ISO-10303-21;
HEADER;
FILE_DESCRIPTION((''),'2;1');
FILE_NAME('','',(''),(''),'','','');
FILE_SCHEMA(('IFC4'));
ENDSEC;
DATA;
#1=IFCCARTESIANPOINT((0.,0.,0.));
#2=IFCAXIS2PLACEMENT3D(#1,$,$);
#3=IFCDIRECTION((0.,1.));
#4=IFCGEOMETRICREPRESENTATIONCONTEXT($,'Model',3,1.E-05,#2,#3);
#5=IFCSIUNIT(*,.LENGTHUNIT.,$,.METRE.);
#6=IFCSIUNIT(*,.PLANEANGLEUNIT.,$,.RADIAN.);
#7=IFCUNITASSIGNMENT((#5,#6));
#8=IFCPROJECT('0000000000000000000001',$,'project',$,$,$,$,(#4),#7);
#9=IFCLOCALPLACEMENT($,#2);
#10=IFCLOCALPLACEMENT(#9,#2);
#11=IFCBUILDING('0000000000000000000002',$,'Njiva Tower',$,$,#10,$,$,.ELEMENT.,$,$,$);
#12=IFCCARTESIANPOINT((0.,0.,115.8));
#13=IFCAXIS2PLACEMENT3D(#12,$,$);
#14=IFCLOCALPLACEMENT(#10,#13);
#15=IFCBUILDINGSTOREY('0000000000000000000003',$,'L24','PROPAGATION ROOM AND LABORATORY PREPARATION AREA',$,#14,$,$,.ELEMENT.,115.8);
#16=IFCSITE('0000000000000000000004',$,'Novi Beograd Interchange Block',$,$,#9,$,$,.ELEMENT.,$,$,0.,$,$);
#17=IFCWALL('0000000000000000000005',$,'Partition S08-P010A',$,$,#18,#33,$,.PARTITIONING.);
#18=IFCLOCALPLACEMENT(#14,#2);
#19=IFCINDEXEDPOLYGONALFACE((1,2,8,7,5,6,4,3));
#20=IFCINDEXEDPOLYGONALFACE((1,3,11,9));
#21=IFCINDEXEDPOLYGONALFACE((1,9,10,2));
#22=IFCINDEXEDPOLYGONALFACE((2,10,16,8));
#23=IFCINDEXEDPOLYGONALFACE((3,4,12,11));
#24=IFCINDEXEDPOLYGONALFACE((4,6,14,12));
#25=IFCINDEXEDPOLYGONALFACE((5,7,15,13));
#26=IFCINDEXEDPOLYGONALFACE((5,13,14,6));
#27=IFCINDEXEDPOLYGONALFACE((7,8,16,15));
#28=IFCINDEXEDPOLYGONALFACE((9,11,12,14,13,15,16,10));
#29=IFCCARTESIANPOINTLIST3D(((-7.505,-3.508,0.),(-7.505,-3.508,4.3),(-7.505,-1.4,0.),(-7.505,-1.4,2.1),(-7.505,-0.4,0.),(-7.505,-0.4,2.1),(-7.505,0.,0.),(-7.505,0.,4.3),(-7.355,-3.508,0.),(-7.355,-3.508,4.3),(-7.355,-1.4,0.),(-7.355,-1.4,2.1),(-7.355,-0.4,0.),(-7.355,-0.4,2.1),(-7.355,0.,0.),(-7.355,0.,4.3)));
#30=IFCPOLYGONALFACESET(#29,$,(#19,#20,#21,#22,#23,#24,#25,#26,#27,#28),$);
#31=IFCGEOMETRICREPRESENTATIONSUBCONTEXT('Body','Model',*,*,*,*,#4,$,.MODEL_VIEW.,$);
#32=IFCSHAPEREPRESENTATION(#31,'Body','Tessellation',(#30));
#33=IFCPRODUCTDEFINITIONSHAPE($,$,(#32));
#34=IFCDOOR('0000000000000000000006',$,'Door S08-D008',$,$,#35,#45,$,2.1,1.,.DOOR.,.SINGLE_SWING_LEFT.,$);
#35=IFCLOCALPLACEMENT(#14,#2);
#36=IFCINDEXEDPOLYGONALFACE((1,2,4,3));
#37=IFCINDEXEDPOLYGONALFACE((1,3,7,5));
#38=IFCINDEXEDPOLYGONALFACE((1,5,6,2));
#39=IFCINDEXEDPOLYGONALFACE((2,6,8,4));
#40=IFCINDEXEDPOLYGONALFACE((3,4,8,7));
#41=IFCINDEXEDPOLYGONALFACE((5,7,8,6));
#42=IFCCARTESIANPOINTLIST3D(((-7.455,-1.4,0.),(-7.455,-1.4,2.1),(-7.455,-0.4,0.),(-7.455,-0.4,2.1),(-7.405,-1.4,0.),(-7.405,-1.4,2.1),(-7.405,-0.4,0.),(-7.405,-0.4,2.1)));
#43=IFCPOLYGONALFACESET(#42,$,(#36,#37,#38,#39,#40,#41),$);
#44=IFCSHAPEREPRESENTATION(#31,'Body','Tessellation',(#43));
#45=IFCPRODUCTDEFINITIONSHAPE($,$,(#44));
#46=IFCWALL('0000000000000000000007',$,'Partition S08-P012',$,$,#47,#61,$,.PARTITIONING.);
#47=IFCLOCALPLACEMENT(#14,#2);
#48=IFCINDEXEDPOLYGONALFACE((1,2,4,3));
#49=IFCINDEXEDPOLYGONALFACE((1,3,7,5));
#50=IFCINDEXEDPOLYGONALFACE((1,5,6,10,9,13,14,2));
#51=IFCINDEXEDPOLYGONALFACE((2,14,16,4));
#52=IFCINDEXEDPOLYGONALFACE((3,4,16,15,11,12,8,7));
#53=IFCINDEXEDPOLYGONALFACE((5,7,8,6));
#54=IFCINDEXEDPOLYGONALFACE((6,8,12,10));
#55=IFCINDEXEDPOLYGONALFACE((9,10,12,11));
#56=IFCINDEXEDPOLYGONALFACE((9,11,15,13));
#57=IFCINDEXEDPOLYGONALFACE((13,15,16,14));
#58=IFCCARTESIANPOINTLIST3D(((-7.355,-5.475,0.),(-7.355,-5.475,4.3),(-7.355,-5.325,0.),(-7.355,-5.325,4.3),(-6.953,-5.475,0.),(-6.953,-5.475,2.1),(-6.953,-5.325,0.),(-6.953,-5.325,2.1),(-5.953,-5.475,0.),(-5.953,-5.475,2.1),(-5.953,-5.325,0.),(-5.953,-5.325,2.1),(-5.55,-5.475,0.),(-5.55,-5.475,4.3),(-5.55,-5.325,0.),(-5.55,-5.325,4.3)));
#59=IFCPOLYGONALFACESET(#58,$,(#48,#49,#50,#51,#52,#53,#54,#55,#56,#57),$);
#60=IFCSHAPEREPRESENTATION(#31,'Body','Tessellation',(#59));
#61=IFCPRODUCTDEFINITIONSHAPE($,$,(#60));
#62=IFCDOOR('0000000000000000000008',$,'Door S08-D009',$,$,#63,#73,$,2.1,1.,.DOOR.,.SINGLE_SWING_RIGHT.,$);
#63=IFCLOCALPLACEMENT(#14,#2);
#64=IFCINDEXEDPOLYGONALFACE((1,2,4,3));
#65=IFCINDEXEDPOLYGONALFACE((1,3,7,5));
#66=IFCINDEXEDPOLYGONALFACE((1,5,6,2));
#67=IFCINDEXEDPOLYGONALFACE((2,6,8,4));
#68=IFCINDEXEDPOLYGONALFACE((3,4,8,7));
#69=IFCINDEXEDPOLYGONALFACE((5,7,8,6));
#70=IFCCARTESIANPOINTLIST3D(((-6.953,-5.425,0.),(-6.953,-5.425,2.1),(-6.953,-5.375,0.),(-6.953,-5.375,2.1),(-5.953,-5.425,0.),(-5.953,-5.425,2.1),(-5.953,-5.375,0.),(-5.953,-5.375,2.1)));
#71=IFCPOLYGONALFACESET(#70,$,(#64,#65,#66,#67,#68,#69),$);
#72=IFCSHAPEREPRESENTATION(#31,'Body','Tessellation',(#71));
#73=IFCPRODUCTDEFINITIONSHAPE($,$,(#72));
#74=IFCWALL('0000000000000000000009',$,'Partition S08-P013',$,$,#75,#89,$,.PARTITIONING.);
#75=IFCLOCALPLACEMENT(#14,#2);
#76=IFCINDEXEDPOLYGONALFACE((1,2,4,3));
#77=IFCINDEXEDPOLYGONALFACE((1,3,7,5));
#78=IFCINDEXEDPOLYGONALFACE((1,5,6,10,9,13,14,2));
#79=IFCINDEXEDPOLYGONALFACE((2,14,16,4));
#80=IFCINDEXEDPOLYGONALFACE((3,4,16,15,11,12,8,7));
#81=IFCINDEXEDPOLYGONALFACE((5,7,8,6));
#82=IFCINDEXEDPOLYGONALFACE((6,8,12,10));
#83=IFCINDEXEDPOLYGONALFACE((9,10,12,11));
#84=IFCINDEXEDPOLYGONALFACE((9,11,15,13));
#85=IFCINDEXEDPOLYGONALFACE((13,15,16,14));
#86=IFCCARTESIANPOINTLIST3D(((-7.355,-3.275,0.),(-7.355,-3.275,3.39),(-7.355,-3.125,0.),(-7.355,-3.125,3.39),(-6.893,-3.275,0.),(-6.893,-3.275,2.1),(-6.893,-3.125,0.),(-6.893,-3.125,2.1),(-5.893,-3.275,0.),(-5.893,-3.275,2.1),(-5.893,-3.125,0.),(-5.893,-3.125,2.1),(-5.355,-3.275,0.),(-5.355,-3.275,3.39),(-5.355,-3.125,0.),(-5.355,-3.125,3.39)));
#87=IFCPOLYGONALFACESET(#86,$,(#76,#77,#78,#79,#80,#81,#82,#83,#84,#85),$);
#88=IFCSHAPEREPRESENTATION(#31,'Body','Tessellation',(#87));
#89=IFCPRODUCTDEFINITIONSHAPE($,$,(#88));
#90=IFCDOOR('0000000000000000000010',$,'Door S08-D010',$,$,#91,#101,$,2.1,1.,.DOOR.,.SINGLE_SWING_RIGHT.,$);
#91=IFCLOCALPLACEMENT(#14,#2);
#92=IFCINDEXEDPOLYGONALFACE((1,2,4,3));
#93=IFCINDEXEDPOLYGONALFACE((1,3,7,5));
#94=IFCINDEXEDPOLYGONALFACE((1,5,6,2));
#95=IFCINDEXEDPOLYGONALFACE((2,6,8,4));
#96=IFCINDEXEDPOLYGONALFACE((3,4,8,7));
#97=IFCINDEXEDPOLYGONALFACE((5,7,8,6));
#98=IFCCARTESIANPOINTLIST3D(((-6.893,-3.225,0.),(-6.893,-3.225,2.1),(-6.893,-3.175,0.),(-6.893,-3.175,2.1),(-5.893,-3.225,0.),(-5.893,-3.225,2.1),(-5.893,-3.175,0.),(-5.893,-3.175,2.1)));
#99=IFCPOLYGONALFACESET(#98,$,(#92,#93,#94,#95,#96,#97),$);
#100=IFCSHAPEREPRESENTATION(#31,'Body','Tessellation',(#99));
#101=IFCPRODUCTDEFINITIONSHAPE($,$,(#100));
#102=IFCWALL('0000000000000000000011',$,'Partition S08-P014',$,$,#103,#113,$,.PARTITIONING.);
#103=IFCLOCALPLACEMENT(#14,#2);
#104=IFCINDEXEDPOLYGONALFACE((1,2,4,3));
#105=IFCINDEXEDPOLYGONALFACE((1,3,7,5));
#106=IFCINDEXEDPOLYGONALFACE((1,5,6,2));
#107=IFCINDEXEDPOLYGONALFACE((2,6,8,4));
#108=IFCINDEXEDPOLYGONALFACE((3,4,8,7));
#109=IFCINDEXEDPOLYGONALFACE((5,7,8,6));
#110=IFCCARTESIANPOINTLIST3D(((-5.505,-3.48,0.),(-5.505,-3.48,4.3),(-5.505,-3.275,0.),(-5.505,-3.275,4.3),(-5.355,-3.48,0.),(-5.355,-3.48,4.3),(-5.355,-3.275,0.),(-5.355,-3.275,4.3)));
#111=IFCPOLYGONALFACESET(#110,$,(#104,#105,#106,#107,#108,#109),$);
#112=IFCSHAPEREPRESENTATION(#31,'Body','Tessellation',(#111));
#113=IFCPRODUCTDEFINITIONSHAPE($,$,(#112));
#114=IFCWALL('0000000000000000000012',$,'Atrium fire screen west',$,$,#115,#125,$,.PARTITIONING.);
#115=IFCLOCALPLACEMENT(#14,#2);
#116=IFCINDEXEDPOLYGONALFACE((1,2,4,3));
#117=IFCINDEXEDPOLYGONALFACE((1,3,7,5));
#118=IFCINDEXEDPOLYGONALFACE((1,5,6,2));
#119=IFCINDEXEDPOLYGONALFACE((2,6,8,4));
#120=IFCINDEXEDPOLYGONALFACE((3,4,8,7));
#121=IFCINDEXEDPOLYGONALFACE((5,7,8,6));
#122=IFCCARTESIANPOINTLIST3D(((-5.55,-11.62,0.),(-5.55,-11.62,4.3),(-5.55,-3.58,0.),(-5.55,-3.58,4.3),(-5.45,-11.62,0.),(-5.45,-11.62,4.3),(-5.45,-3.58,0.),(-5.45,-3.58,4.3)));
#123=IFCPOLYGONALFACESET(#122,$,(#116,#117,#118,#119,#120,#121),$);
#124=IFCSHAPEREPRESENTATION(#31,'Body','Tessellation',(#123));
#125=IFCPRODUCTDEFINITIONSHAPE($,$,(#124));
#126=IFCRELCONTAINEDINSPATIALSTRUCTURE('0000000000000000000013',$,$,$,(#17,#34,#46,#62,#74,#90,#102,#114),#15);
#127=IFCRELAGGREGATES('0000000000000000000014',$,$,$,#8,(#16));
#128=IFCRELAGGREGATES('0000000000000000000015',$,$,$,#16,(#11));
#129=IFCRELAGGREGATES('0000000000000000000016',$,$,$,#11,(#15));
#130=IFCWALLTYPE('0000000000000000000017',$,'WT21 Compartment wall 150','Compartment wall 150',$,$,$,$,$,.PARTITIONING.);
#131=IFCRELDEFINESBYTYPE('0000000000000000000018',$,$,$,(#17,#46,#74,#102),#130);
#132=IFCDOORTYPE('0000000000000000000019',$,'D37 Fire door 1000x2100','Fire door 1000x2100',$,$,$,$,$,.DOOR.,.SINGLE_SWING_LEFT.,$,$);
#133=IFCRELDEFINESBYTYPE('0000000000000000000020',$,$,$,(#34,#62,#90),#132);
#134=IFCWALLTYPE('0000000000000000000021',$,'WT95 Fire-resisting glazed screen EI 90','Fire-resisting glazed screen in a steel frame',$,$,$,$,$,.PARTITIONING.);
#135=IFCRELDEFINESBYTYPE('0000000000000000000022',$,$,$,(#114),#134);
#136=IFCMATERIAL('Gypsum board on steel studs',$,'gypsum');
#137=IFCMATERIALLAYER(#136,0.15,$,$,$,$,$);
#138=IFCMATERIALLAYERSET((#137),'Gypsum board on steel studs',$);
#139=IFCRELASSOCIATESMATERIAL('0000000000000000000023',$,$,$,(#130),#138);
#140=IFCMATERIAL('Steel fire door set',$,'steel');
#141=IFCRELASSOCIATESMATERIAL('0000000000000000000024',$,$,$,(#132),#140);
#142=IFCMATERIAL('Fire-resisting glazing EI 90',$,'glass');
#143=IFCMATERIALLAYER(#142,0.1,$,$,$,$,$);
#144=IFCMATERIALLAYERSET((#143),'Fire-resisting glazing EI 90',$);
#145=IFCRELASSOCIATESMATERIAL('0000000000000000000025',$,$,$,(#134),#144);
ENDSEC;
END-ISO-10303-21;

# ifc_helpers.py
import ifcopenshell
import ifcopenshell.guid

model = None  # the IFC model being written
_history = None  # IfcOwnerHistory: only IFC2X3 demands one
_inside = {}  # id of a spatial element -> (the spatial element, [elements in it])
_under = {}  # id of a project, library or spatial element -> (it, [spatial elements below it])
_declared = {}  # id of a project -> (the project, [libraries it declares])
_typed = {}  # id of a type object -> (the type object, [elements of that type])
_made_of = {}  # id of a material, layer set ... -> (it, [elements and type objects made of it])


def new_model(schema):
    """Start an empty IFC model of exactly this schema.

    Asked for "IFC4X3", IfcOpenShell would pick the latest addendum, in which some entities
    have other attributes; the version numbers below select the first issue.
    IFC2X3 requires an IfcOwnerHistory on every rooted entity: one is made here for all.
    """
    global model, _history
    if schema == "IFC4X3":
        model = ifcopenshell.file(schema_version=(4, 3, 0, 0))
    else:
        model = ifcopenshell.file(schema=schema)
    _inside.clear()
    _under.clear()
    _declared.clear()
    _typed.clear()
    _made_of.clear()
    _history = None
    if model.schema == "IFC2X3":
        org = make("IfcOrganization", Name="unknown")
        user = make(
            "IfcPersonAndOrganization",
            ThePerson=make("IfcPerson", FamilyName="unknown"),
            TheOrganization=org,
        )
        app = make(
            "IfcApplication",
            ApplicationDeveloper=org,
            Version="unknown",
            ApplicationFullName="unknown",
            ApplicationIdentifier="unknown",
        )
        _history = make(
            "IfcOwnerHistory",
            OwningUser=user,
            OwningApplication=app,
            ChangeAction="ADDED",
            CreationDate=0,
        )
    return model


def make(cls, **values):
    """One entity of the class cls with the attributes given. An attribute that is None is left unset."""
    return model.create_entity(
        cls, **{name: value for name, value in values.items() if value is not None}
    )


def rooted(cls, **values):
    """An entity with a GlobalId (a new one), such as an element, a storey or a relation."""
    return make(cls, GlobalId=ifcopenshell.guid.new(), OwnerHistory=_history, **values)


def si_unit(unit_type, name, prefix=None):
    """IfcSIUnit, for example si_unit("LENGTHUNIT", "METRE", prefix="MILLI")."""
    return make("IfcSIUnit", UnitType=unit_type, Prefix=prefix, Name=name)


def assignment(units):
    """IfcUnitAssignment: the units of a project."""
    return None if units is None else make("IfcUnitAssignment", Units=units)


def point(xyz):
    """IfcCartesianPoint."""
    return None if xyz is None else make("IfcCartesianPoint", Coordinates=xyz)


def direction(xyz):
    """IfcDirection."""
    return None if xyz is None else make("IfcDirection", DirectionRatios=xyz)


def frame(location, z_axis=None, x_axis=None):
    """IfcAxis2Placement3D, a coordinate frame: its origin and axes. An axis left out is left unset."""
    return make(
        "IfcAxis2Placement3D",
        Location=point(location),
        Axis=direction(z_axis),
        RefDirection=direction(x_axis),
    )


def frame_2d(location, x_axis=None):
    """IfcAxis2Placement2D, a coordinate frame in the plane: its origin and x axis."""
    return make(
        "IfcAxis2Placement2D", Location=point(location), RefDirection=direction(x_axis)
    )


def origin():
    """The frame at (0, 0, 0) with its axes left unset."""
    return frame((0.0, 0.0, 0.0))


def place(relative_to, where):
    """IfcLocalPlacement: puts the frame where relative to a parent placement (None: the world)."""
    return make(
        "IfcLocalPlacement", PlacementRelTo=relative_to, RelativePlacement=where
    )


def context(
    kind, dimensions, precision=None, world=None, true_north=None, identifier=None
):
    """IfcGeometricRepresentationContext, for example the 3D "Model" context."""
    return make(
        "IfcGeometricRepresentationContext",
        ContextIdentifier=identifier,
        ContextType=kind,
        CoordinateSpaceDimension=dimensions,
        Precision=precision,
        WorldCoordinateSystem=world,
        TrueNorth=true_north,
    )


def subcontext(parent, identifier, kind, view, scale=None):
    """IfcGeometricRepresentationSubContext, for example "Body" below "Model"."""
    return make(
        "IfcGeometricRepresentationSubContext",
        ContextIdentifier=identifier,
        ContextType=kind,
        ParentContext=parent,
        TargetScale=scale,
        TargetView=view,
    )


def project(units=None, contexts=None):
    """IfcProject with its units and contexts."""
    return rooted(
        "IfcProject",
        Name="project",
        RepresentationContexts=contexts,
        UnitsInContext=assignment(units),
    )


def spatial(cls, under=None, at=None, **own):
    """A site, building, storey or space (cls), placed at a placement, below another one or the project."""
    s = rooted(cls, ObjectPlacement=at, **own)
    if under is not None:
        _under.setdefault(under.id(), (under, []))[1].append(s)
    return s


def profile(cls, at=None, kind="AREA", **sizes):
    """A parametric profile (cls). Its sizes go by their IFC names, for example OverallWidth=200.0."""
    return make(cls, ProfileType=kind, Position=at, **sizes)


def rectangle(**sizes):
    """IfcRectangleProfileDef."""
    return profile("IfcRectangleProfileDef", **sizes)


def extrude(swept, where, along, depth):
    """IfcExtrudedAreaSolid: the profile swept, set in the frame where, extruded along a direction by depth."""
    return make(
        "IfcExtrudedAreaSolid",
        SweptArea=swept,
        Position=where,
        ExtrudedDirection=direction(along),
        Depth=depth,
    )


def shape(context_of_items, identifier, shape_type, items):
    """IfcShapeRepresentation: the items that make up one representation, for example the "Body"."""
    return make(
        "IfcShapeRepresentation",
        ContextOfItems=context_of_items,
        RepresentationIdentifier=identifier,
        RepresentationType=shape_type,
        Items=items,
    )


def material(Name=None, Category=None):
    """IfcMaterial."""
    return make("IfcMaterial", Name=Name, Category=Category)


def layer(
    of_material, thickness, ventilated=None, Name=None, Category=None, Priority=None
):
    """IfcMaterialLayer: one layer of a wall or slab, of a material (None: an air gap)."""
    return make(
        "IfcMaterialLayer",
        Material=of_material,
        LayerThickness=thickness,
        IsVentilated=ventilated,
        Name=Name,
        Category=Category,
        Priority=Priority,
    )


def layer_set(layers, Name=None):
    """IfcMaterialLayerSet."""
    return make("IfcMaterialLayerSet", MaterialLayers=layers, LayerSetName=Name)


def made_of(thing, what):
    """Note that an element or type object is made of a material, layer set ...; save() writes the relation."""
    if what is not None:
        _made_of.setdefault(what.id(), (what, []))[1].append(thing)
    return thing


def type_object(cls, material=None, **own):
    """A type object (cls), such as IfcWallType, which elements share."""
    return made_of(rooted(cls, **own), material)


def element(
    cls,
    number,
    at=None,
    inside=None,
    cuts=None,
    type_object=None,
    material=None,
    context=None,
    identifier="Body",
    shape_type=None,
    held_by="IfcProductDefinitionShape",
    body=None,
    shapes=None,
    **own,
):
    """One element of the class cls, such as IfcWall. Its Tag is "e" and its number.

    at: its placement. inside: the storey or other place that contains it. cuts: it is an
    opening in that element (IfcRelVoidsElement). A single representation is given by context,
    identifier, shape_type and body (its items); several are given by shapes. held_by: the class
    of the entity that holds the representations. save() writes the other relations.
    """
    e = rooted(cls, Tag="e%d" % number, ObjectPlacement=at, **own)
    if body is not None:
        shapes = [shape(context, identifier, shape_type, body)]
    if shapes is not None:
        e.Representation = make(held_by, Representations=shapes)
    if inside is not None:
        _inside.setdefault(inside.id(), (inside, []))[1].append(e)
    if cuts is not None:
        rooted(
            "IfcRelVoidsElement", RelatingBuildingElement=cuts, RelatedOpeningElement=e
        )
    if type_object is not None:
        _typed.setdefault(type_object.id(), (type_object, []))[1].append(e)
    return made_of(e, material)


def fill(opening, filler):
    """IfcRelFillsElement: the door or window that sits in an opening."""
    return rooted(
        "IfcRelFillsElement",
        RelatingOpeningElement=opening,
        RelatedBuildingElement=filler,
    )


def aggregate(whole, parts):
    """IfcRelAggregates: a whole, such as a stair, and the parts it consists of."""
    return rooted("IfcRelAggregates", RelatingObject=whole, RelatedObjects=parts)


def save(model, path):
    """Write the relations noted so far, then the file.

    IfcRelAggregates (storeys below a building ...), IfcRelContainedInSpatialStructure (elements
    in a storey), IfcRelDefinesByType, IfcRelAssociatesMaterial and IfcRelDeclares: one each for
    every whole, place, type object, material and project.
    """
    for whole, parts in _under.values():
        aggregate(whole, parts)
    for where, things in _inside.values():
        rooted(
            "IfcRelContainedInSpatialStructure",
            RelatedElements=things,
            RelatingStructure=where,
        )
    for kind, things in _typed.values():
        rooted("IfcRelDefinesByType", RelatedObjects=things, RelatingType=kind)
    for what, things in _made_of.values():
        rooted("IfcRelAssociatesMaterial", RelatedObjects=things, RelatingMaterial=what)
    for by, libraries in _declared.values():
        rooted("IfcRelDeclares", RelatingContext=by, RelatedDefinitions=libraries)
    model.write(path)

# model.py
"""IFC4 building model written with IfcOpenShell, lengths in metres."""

from ifc_helpers import new_model, si_unit, direction, frame, frame_2d, origin, place, context, subcontext, project, spatial, rectangle, extrude, material, layer, layer_set, type_object, element, fill, save


model = new_model("IFC4")

# Units and contexts
model_context = context("Model", 3, precision=1e-05, world=origin(), true_north=direction((0.0, 1.0)))
body_context = subcontext(model_context, "Body", "Model", "MODEL_VIEW")
ifc_project = project(units=[si_unit("LENGTHUNIT", "METRE"), si_unit("PLANEANGLEUNIT", "RADIAN")], contexts=[model_context])

# Site, building, storey
site_placement = place(None, origin())
site = spatial("IfcSite", under=ifc_project, at=site_placement, Name="Novi Beograd Interchange Block", CompositionType="ELEMENT", RefElevation=0.0)
building_placement = place(site_placement, origin())
building = spatial("IfcBuilding", under=site, at=building_placement, Name="Njiva Tower", CompositionType="ELEMENT")
storey_placement = place(building_placement, frame((0.0, 0.0, 115.8)))
storey = spatial("IfcBuildingStorey", under=building, at=storey_placement, Name="L24", Description="PROPAGATION ROOM AND LABORATORY PREPARATION AREA", CompositionType="ELEMENT", Elevation=115.8)

# Walls, openings, doors
ifc_material_1 = material(Name="Gypsum board on steel studs", Category="gypsum")
ifc_layer_1 = layer(ifc_material_1, 0.15)
ifc_layer_set_1 = layer_set([ifc_layer_1], Name="Gypsum board on steel studs")
wall_type_1 = type_object("IfcWallType", Name="WT21 Compartment wall 150", Description="Compartment wall 150", PredefinedType="PARTITIONING", material=ifc_layer_set_1)
ifc_material_2 = material(Name="Steel fire door set", Category="steel")
door_type = type_object("IfcDoorType", Name="D37 Fire door 1000x2100", Description="Fire door 1000x2100", OperationType="SINGLE_SWING_LEFT", PredefinedType="DOOR", material=ifc_material_2)
wall_1_placement = place(storey_placement, frame((-7.43, -3.508, 0.0), z_axis=(0.0, 0.0, 1.0), x_axis=(0.0, 1.0, 0.0)))
wall_1 = element("IfcWall", 1, at=wall_1_placement, inside=storey, type_object=wall_type_1, Name="Partition S08-P010A", PredefinedType="PARTITIONING", context=body_context, shape_type="SweptSolid", body=[
    extrude(rectangle(XDim=3.508, YDim=0.15, at=frame_2d((1.754, 0.0))), origin(), (0.0, 0.0, 1.0), 4.3),
])
opening_1_placement = place(wall_1_placement, frame((2.108, 0.0, 0.0)))
opening_1 = element("IfcOpeningElement", 2, at=opening_1_placement, cuts=wall_1, PredefinedType="OPENING", context=body_context, shape_type="SweptSolid", body=[
    extrude(rectangle(XDim=1.0, YDim=2.1, at=frame_2d((0.5, 1.05))), frame((0.0, 0.085, 0.0), z_axis=(0.0, -1.0, 0.0), x_axis=(1.0, 0.0, 0.0)), (0.0, 0.0, 1.0), 0.17),
])
door_1_placement = place(opening_1_placement, origin())
door_1 = element("IfcDoor", 3, at=door_1_placement, inside=storey, type_object=door_type, Name="Door S08-D008", OperationType="SINGLE_SWING_LEFT", OverallHeight=2.1, OverallWidth=1.0, PredefinedType="DOOR", context=body_context, shape_type="SweptSolid", body=[
    extrude(rectangle(XDim=1.0, YDim=2.1, at=frame_2d((0.5, 1.05))), frame((0.0, 0.025, 0.0), z_axis=(0.0, -1.0, 0.0), x_axis=(1.0, 0.0, 0.0)), (0.0, 0.0, 1.0), 0.05),
])
fill(opening_1, door_1)
wall_2_placement = place(storey_placement, frame((-7.355, -5.4, 0.0), z_axis=(0.0, 0.0, 1.0), x_axis=(1.0, 0.0, 0.0)))
wall_2 = element("IfcWall", 4, at=wall_2_placement, inside=storey, type_object=wall_type_1, Name="Partition S08-P012", PredefinedType="PARTITIONING", context=body_context, shape_type="SweptSolid", body=[
    extrude(rectangle(XDim=1.805, YDim=0.15, at=frame_2d((0.9025, 0.0))), origin(), (0.0, 0.0, 1.0), 4.3),
])
opening_2_placement = place(wall_2_placement, frame((0.402, 0.0, 0.0)))
opening_2 = element("IfcOpeningElement", 5, at=opening_2_placement, cuts=wall_2, PredefinedType="OPENING", context=body_context, shape_type="SweptSolid", body=[
    extrude(rectangle(XDim=1.0, YDim=2.1, at=frame_2d((0.5, 1.05))), frame((0.0, 0.085, 0.0), z_axis=(0.0, -1.0, 0.0), x_axis=(1.0, 0.0, 0.0)), (0.0, 0.0, 1.0), 0.17),
])
door_2_placement = place(opening_2_placement, origin())
door_2 = element("IfcDoor", 6, at=door_2_placement, inside=storey, type_object=door_type, Name="Door S08-D009", OperationType="SINGLE_SWING_RIGHT", OverallHeight=2.1, OverallWidth=1.0, PredefinedType="DOOR", context=body_context, shape_type="SweptSolid", body=[
    extrude(rectangle(XDim=1.0, YDim=2.1, at=frame_2d((0.5, 1.05))), frame((0.0, 0.025, 0.0), z_axis=(0.0, -1.0, 0.0), x_axis=(1.0, 0.0, 0.0)), (0.0, 0.0, 1.0), 0.05),
])
fill(opening_2, door_2)
wall_3_placement = place(storey_placement, frame((-7.355, -3.2, 0.0), z_axis=(0.0, 0.0, 1.0), x_axis=(1.0, 0.0, 0.0)))
wall_3 = element("IfcWall", 7, at=wall_3_placement, inside=storey, type_object=wall_type_1, Name="Partition S08-P013", PredefinedType="PARTITIONING", context=body_context, shape_type="SweptSolid", body=[
    extrude(rectangle(XDim=2.0, YDim=0.15, at=frame_2d((1.0, 0.0))), origin(), (0.0, 0.0, 1.0), 3.39),
])
opening_3_placement = place(wall_3_placement, frame((0.462, 0.0, 0.0)))
opening_3 = element("IfcOpeningElement", 8, at=opening_3_placement, cuts=wall_3, PredefinedType="OPENING", context=body_context, shape_type="SweptSolid", body=[
    extrude(rectangle(XDim=1.0, YDim=2.1, at=frame_2d((0.5, 1.05))), frame((0.0, 0.085, 0.0), z_axis=(0.0, -1.0, 0.0), x_axis=(1.0, 0.0, 0.0)), (0.0, 0.0, 1.0), 0.17),
])
door_3_placement = place(opening_3_placement, origin())
door_3 = element("IfcDoor", 9, at=door_3_placement, inside=storey, type_object=door_type, Name="Door S08-D010", OperationType="SINGLE_SWING_RIGHT", OverallHeight=2.1, OverallWidth=1.0, PredefinedType="DOOR", context=body_context, shape_type="SweptSolid", body=[
    extrude(rectangle(XDim=1.0, YDim=2.1, at=frame_2d((0.5, 1.05))), frame((0.0, 0.025, 0.0), z_axis=(0.0, -1.0, 0.0), x_axis=(1.0, 0.0, 0.0)), (0.0, 0.0, 1.0), 0.05),
])
fill(opening_3, door_3)

# Walls
wall_4_placement = place(storey_placement, frame((-5.43, -3.48, 0.0), z_axis=(0.0, 0.0, 1.0), x_axis=(0.0, 1.0, 0.0)))
element("IfcWall", 10, at=wall_4_placement, inside=storey, type_object=wall_type_1, Name="Partition S08-P014", PredefinedType="PARTITIONING", context=body_context, shape_type="SweptSolid", body=[
    extrude(rectangle(XDim=0.205, YDim=0.15, at=frame_2d((0.1025, 0.0))), origin(), (0.0, 0.0, 1.0), 4.3),
])
ifc_material_3 = material(Name="Fire-resisting glazing EI 90", Category="glass")
ifc_layer_2 = layer(ifc_material_3, 0.1)
ifc_layer_set_2 = layer_set([ifc_layer_2], Name="Fire-resisting glazing EI 90")
wall_type_2 = type_object("IfcWallType", Name="WT95 Fire-resisting glazed screen EI 90", Description="Fire-resisting glazed screen in a steel frame", PredefinedType="PARTITIONING", material=ifc_layer_set_2)
wall_5_placement = place(storey_placement, frame((-5.5, -3.58, 0.0), z_axis=(0.0, 0.0, 1.0), x_axis=(0.0, -1.0, 0.0)))
element("IfcWall", 11, at=wall_5_placement, inside=storey, type_object=wall_type_2, Name="Atrium fire screen west", PredefinedType="PARTITIONING", context=body_context, shape_type="SweptSolid", body=[
    extrude(rectangle(XDim=8.04, YDim=0.1, at=frame_2d((4.02, 0.0))), origin(), (0.0, 0.0, 1.0), 4.3),
])

save(model, "model.ifc")
